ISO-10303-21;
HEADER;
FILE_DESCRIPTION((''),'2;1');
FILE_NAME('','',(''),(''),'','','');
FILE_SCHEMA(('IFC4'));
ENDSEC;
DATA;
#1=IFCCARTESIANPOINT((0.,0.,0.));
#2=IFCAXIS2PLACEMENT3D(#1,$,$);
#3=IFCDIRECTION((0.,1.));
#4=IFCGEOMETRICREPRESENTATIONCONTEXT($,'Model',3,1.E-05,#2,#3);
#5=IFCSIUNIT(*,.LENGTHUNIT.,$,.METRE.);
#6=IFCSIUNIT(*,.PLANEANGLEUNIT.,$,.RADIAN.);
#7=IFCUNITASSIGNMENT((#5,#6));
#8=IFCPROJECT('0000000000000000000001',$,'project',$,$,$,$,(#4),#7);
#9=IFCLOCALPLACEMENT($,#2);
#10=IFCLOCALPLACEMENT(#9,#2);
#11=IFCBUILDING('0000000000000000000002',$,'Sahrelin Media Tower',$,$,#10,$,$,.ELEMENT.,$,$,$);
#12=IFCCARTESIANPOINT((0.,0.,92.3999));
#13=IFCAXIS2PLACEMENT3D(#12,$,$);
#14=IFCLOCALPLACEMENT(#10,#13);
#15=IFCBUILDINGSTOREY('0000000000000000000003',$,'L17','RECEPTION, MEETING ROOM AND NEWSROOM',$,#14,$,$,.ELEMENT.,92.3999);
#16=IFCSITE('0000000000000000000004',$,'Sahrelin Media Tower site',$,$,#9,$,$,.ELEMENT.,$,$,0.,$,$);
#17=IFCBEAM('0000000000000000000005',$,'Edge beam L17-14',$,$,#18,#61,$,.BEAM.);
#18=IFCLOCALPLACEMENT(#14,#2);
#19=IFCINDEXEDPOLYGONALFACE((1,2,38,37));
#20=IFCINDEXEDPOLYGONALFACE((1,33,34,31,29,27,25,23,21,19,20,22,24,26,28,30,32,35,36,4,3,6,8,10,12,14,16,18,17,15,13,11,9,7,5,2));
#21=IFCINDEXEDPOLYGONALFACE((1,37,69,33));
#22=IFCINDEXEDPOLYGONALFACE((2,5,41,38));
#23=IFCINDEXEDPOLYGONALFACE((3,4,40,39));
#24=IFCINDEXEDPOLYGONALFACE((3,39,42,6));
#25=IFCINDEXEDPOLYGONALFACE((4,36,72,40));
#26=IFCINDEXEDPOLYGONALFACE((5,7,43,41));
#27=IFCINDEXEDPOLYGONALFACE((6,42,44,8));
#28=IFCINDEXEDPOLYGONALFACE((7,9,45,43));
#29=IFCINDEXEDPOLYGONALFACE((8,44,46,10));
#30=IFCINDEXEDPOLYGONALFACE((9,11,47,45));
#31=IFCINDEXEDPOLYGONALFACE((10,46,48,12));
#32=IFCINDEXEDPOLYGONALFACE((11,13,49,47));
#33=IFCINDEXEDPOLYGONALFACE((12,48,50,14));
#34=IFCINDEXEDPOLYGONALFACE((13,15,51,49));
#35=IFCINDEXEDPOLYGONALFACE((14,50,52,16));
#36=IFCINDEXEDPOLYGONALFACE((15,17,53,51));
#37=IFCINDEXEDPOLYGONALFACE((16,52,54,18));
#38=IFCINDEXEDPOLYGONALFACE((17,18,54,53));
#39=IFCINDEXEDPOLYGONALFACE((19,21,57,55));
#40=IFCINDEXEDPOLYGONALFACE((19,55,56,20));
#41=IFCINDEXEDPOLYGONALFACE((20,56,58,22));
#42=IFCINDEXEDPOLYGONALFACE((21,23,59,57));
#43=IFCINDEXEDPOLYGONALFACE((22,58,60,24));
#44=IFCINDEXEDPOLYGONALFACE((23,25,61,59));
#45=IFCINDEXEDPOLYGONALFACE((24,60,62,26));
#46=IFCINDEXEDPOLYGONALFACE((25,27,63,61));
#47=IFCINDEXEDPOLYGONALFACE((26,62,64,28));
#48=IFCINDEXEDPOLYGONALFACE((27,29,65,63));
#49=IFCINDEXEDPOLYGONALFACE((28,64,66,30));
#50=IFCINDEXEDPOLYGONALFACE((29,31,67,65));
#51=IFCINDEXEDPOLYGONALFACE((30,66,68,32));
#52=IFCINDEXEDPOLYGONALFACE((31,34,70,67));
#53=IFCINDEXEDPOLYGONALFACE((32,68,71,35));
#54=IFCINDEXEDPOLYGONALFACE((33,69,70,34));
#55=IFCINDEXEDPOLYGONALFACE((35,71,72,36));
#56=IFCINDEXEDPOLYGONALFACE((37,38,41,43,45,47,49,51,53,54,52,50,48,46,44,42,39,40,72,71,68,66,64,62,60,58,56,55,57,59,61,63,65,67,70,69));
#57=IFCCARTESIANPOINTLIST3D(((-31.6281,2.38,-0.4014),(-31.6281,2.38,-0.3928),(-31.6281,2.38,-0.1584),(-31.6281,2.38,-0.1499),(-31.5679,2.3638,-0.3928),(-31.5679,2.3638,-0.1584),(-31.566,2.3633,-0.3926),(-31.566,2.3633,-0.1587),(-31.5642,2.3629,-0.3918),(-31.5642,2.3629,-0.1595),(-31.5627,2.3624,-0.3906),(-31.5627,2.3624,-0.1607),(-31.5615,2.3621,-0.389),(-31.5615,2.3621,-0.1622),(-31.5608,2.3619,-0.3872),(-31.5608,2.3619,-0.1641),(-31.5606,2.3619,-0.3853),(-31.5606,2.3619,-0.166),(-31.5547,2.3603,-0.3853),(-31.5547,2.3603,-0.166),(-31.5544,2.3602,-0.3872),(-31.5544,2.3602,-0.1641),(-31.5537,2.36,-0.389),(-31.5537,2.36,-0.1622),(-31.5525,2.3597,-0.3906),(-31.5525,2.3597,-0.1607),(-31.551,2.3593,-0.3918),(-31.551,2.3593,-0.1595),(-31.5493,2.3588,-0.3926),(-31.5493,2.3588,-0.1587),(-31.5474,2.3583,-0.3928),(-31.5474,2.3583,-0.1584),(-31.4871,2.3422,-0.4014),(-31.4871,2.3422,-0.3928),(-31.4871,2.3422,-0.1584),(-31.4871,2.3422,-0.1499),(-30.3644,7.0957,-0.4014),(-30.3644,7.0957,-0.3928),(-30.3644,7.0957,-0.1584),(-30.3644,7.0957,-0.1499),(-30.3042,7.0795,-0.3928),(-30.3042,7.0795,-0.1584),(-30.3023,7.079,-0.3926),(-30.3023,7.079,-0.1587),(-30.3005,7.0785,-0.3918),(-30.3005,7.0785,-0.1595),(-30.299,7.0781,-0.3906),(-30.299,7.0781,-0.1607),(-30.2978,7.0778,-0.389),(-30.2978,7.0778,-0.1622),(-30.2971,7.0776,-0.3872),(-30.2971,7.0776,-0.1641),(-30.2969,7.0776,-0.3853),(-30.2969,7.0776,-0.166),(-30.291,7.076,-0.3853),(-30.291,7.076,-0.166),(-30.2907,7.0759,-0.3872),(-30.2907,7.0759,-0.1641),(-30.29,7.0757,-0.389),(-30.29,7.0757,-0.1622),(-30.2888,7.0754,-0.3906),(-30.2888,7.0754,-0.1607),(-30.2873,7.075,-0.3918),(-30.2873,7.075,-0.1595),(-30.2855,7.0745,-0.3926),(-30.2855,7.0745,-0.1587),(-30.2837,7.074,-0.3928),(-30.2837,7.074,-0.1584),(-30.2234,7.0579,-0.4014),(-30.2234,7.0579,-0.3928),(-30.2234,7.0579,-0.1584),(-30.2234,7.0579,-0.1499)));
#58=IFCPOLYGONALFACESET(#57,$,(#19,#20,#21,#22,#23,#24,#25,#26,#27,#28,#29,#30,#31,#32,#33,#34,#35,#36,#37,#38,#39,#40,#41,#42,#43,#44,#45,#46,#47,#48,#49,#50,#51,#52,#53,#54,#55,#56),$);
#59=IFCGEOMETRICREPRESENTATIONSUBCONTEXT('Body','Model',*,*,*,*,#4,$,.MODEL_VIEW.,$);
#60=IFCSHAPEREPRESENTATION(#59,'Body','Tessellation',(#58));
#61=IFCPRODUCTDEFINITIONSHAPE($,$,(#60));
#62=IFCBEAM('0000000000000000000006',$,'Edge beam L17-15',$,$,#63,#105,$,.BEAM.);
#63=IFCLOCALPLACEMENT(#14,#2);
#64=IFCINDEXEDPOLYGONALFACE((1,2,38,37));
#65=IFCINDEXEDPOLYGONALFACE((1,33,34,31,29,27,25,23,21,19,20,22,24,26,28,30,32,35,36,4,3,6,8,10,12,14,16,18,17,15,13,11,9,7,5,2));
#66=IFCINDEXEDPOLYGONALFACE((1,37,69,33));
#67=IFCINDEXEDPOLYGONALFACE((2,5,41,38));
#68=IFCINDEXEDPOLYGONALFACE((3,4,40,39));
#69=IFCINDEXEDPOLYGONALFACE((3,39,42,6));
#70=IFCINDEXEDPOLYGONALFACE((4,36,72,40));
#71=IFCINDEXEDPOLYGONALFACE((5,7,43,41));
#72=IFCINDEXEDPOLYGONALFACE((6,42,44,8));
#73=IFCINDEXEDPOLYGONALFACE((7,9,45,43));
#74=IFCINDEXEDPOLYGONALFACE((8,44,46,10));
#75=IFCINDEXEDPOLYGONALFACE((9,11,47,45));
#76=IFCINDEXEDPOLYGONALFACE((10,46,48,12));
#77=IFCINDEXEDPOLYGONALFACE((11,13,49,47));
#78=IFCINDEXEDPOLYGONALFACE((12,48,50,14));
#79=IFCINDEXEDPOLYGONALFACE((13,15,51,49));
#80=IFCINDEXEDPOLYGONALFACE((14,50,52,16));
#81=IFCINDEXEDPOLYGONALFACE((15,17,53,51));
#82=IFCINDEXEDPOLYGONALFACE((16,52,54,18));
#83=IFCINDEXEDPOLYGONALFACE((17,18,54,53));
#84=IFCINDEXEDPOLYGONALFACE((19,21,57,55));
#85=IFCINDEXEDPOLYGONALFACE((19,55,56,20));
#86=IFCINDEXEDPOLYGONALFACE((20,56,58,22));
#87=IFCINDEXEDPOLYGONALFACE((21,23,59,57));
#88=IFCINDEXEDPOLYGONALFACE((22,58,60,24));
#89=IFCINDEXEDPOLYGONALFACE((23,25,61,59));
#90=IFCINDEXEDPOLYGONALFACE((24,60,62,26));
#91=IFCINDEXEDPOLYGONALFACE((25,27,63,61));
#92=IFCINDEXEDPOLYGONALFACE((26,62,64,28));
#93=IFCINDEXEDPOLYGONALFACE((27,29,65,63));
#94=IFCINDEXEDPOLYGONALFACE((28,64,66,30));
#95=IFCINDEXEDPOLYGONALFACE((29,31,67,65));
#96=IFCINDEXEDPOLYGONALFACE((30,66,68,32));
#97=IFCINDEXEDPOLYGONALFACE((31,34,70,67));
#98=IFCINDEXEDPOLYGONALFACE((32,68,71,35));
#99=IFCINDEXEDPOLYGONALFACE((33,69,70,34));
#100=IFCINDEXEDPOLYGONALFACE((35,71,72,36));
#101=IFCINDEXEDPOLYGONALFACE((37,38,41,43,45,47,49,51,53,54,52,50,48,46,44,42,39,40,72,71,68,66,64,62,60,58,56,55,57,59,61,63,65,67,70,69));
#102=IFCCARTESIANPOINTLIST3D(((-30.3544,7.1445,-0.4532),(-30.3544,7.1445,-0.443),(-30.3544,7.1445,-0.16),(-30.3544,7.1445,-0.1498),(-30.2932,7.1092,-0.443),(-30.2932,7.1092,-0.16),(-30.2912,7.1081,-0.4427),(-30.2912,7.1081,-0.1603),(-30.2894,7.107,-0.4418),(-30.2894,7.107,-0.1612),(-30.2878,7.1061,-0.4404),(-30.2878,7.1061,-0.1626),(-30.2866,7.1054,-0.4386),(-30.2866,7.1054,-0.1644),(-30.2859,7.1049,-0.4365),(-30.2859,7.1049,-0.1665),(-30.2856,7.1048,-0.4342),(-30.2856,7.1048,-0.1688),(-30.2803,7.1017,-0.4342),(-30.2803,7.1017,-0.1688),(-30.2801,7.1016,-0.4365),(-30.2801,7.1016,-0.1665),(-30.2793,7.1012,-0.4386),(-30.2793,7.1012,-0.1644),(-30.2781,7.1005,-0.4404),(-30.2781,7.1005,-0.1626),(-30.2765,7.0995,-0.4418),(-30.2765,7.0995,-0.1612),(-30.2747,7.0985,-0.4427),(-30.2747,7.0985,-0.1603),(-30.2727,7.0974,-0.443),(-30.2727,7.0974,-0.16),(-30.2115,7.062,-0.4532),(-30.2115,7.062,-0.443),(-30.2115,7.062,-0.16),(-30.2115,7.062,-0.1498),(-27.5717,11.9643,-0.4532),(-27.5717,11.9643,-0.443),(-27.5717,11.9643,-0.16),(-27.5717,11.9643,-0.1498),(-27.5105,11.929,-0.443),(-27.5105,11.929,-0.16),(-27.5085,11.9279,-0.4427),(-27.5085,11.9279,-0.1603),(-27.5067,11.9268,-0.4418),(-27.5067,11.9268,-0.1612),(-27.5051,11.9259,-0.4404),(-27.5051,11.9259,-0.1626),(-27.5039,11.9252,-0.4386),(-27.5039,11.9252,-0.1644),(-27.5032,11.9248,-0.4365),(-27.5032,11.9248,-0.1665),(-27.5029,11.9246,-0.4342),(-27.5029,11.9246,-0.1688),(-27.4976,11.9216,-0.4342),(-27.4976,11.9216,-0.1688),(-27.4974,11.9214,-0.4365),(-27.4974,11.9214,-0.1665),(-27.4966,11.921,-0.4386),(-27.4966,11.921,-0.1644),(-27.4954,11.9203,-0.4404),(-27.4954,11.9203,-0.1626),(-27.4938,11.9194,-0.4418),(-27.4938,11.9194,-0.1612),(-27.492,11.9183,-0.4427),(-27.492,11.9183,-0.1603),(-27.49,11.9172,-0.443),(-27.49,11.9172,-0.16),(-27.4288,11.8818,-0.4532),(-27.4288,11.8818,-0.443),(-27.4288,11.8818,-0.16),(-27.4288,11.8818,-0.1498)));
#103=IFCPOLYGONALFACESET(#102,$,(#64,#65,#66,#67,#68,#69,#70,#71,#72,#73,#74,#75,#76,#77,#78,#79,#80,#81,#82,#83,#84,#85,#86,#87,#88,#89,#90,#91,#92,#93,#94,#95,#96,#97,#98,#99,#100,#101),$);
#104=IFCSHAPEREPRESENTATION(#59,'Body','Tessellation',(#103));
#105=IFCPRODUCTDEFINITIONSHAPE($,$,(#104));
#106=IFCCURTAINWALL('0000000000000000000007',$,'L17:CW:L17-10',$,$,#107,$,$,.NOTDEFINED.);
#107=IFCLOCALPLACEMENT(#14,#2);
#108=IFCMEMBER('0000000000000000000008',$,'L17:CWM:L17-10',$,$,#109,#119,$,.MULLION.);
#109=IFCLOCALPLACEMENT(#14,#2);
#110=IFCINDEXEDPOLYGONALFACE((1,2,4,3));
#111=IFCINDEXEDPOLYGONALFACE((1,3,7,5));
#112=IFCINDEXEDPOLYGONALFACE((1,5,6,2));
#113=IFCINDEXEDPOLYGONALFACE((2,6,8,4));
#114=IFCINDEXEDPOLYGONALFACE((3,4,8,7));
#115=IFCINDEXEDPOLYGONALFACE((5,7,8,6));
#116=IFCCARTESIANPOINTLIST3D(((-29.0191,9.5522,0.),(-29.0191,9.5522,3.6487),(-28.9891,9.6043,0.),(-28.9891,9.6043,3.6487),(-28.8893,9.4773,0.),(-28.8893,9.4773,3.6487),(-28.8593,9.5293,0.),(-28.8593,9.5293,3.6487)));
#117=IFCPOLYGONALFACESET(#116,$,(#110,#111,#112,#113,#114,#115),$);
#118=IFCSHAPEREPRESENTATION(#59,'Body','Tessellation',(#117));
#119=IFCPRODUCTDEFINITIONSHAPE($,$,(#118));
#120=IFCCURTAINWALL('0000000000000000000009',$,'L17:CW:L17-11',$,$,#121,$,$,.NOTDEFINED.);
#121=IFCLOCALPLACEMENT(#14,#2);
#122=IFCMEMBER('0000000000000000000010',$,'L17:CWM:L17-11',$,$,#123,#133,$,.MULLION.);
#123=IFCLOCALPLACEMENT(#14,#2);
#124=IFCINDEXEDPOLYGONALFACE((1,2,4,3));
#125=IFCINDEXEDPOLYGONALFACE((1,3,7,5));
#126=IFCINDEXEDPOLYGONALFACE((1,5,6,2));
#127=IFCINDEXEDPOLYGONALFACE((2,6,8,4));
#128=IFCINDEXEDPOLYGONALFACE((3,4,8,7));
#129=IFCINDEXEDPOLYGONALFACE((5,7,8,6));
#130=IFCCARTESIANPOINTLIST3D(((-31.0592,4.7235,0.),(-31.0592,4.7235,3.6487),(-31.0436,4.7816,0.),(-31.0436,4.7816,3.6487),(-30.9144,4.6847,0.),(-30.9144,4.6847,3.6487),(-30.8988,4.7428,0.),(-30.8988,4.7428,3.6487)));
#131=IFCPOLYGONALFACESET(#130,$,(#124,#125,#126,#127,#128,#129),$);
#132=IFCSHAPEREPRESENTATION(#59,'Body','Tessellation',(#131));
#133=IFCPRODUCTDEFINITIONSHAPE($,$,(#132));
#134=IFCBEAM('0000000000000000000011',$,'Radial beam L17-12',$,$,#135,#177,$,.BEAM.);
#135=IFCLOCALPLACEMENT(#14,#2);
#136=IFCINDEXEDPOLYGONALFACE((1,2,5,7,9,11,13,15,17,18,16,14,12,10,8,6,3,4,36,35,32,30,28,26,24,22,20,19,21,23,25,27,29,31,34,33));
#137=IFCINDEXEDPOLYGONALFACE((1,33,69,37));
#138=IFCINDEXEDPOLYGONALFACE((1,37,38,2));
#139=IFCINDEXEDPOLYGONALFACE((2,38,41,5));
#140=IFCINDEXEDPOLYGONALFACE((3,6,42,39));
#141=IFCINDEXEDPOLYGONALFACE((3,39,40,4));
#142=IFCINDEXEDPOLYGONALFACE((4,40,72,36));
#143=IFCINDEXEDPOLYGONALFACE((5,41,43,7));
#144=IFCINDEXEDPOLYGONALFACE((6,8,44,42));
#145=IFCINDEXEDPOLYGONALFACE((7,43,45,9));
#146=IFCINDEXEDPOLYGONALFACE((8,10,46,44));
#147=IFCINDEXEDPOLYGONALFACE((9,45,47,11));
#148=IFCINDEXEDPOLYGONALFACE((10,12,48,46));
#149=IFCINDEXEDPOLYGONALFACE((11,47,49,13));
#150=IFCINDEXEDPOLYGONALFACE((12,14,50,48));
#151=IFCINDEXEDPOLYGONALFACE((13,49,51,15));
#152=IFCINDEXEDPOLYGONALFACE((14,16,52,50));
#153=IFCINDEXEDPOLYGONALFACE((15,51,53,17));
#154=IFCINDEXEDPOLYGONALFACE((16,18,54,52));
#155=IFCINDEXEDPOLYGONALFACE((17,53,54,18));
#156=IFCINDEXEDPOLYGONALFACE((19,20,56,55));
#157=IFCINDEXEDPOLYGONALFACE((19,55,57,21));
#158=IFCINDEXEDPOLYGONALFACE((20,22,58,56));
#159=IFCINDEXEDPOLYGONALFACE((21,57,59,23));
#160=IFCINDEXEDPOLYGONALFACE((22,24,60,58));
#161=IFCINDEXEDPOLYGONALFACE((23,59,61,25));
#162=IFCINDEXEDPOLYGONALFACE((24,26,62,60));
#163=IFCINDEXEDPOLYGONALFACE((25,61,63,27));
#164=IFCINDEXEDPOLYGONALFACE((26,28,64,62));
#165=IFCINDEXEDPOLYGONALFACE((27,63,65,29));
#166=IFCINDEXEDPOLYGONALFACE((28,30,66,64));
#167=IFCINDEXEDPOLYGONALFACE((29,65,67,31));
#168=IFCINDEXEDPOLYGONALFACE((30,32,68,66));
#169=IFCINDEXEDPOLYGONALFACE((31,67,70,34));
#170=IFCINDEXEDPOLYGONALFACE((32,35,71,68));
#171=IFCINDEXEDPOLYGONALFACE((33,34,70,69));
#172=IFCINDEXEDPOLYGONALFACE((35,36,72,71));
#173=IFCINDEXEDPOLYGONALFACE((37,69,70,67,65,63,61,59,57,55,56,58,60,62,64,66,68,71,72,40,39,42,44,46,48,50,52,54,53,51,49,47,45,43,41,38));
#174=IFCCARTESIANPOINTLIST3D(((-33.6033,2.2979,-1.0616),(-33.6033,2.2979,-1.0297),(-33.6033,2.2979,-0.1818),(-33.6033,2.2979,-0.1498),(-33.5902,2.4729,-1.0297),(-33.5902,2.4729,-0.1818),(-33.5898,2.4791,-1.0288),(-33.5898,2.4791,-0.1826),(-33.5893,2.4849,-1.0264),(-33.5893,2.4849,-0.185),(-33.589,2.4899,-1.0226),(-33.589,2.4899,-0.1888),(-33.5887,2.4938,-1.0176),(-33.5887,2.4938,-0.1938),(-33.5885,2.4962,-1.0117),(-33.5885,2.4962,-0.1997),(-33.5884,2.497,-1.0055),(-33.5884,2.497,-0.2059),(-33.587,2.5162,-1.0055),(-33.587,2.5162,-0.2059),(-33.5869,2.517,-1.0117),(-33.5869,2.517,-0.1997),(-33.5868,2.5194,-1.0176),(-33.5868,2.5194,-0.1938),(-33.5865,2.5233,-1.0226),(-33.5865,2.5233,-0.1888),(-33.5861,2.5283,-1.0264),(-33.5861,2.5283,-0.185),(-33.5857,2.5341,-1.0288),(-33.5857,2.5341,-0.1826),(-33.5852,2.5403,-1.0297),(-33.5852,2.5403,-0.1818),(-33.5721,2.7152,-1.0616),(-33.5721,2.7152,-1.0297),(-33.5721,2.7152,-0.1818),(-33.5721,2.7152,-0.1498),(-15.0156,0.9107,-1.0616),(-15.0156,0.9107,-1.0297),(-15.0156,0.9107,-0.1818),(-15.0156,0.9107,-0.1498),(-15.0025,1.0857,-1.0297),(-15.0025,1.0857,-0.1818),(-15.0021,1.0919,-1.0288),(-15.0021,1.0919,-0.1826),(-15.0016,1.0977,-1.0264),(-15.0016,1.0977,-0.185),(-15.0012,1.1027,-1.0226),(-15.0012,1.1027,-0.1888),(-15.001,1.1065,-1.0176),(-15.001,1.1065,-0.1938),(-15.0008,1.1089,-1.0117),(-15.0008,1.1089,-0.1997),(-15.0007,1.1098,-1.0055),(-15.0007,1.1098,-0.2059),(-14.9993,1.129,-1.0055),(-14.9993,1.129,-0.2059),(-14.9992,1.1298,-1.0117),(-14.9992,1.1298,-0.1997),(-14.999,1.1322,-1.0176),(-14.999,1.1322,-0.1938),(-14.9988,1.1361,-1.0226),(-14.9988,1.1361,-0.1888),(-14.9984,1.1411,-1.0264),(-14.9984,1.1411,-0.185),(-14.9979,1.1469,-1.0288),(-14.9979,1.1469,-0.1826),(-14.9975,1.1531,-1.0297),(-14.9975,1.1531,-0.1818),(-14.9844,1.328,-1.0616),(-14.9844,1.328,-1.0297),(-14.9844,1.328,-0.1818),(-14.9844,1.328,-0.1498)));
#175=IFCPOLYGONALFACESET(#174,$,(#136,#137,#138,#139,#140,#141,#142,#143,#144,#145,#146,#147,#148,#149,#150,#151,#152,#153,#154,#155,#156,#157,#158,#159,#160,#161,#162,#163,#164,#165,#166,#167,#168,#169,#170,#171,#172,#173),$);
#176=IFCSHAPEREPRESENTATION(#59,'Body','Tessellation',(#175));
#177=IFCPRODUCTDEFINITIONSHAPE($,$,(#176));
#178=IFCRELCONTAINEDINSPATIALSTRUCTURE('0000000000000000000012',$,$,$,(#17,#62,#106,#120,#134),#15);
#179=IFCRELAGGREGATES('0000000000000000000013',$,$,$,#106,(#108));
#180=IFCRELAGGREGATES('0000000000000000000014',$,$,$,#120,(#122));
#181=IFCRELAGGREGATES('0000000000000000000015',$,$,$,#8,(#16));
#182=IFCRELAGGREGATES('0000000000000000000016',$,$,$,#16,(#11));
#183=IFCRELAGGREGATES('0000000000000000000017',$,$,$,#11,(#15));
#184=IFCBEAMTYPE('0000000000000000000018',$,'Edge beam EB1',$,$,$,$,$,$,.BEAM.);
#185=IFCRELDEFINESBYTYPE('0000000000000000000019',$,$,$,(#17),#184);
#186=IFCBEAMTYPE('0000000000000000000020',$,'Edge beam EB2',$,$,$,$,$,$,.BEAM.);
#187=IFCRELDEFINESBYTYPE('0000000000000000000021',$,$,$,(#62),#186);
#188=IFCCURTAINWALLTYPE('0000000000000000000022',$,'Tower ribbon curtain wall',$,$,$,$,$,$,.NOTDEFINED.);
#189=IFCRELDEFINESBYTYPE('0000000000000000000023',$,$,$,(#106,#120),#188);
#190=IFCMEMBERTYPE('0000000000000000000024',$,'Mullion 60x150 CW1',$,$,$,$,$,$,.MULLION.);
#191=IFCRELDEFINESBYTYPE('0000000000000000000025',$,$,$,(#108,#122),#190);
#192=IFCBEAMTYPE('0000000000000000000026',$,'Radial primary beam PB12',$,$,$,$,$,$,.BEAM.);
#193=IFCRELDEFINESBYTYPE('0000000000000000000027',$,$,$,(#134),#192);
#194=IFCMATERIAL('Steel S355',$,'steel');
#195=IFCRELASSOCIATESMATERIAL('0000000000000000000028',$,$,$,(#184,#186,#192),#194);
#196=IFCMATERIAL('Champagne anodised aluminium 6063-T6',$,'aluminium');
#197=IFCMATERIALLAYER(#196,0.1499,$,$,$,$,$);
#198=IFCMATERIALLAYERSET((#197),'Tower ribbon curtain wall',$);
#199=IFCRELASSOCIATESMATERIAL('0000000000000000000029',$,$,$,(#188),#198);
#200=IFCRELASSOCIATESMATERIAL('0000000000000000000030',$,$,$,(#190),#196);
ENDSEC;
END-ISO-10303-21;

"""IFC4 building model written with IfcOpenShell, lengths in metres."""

from ifc_helpers import new_model, si_unit, direction, frame, origin, origin_2d, place, context, subcontext, project, spatial, rectangle, i_section, extrude, material, layer, layer_set, material_profile, profile_set, type_object, element, aggregate, save


model = new_model("IFC4")

# Units and contexts
model_context = context("Model", 3, precision=1e-05, world=origin(), true_north=direction((0.0, 1.0)))
body_context = subcontext(model_context, "Body", "Model", "MODEL_VIEW")
ifc_project = project(units=[si_unit("LENGTHUNIT", "METRE"), si_unit("PLANEANGLEUNIT", "RADIAN")], contexts=[model_context])

# Site, building, storey
site_placement = place(None, origin())
site = spatial("IfcSite", under=ifc_project, at=site_placement, Name="Sahrelin Media Tower site", CompositionType="ELEMENT", RefElevation=0.0)
building_placement = place(site_placement, origin())
building = spatial("IfcBuilding", under=site, at=building_placement, Name="Sahrelin Media Tower", CompositionType="ELEMENT")
storey_placement = place(building_placement, frame((0.0, 0.0, 92.3999)))
storey = spatial("IfcBuildingStorey", under=building, at=storey_placement, Name="L17", Description="RECEPTION, MEETING ROOM AND NEWSROOM", CompositionType="ELEMENT", Elevation=92.3999)

# Beams
ifc_material_1 = material(Name="Steel S355", Category="steel")
ifc_material_profile_1 = material_profile(ifc_material_1, i_section(OverallWidth=0.146, OverallDepth=0.2515, WebThickness=0.0061, FlangeThickness=0.0085, FilletRadius=0.0076, at=origin_2d()), Name="UB 254x146x31")
ifc_profile_set_1 = profile_set([ifc_material_profile_1], Name="Steel S355")
beam_type_1 = type_object("IfcBeamType", Name="Edge beam EB1", PredefinedType="BEAM", material=ifc_profile_set_1)
beam_1_placement = place(storey_placement, frame((-31.5576, 2.3611, -0.2756), z_axis=(0.258845, 0.965919, 0.0), x_axis=(-0.965919, 0.258845, 0.0)))
element("IfcBeam", 1, at=beam_1_placement, inside=storey, type_object=beam_type_1, Name="Edge beam L17-14", PredefinedType="BEAM", context=body_context, shape_type="SweptSolid", body=[
    extrude(i_section(OverallWidth=0.146, OverallDepth=0.2515, WebThickness=0.0061, FlangeThickness=0.0085, FilletRadius=0.0076, at=origin_2d()), origin(), (0.0, 0.0, 1.0), 4.8821),
])
ifc_material_profile_2 = material_profile(ifc_material_1, i_section(OverallWidth=0.165, OverallDepth=0.3035, WebThickness=0.0061, FlangeThickness=0.0103, FilletRadius=0.0088, at=origin_2d()), Name="UB 305x165x40")
ifc_profile_set_2 = profile_set([ifc_material_profile_2], Name="Steel S355")
beam_type_2 = type_object("IfcBeamType", Name="Edge beam EB2", PredefinedType="BEAM", material=ifc_profile_set_2)
beam_2_placement = place(storey_placement, frame((-30.283, 7.1033, -0.3015), z_axis=(0.499998, 0.866026, 0.0), x_axis=(-0.866026, 0.499998, 0.0)))
element("IfcBeam", 2, at=beam_2_placement, inside=storey, type_object=beam_type_2, Name="Edge beam L17-15", PredefinedType="BEAM", context=body_context, shape_type="SweptSolid", body=[
    extrude(i_section(OverallWidth=0.165, OverallDepth=0.3035, WebThickness=0.0061, FlangeThickness=0.0103, FilletRadius=0.0088, at=origin_2d()), origin(), (0.0, 0.0, 1.0), 5.5654),
])

# Curtain walls, members
ifc_material_2 = material(Name="Champagne anodised aluminium 6063-T6", Category="aluminium")
ifc_layer_1 = layer(ifc_material_2, 0.1499)
ifc_layer_set_1 = layer_set([ifc_layer_1], Name="Tower ribbon curtain wall")
curtain_wall_type = type_object("IfcCurtainWallType", Name="Tower ribbon curtain wall", PredefinedType="NOTDEFINED", material=ifc_layer_set_1)
curtain_wall_1_placement = place(storey_placement, frame((-29.0215, 9.5884, 0.0), z_axis=(0.0, 0.0, 1.0), x_axis=(1.0, 0.0, 0.0)))
curtain_wall_1 = element("IfcCurtainWall", 3, at=curtain_wall_1_placement, inside=storey, type_object=curtain_wall_type, Name="L17:CW:L17-10", PredefinedType="NOTDEFINED")
ifc_material_profile_3 = material_profile(ifc_material_2, rectangle(XDim=0.0601, YDim=0.1499, at=origin_2d()), Name="Mullion 60x150")
ifc_profile_set_3 = profile_set([ifc_material_profile_3], Name="Champagne anodised aluminium 6063-T6")
member_type_1 = type_object("IfcMemberType", Name="Mullion 60x150 CW1", PredefinedType="MULLION", material=ifc_profile_set_3)
member_1_placement = place(storey_placement, frame((-28.9392, 9.5408, 0.0), z_axis=(0.0, 0.0, 1.0), x_axis=(-0.499991, -0.866031, 0.0)))
member_1 = element("IfcMember", 4, at=member_1_placement, type_object=member_type_1, Name="L17:CWM:L17-10", PredefinedType="MULLION", context=body_context, shape_type="SweptSolid", body=[
    extrude(rectangle(XDim=0.0601, YDim=0.1499, at=origin_2d()), origin(), (0.0, 0.0, 1.0), 3.6487),
])
aggregate(curtain_wall_1, [member_1])
curtain_wall_2_placement = place(storey_placement, frame((-31.0708, 4.7576, 0.0), z_axis=(0.0, 0.0, 1.0), x_axis=(1.0, 0.0, 0.0)))
curtain_wall_2 = element("IfcCurtainWall", 5, at=curtain_wall_2_placement, inside=storey, type_object=curtain_wall_type, Name="L17:CW:L17-11", PredefinedType="NOTDEFINED")
member_2_placement = place(storey_placement, frame((-30.979, 4.7332, 0.0), z_axis=(0.0, 0.0, 1.0), x_axis=(-0.258817, -0.965926, 0.0)))
member_2 = element("IfcMember", 6, at=member_2_placement, type_object=member_type_1, Name="L17:CWM:L17-11", PredefinedType="MULLION", context=body_context, shape_type="SweptSolid", body=[
    extrude(rectangle(XDim=0.0601, YDim=0.1499, at=origin_2d()), origin(), (0.0, 0.0, 1.0), 3.6487),
])

# Beam
ifc_material_profile_4 = material_profile(ifc_material_1, i_section(OverallWidth=0.4185, OverallDepth=0.9119, WebThickness=0.0193, FlangeThickness=0.032, FilletRadius=0.0242, at=origin_2d()), Name="UB 914x419x343")
ifc_profile_set_4 = profile_set([ifc_material_profile_4], Name="Steel S355")
beam_type_3 = type_object("IfcBeamType", Name="Radial primary beam PB12", PredefinedType="BEAM", material=ifc_profile_set_4)
beam_3_placement = place(storey_placement, frame((-15.0, 1.1194, -0.6057), z_axis=(-0.997227, 0.074424, 0.0), x_axis=(-0.074424, -0.997227, 0.0)))
element("IfcBeam", 7, at=beam_3_placement, inside=storey, type_object=beam_type_3, Name="Radial beam L17-12", PredefinedType="BEAM", context=body_context, shape_type="SweptSolid", body=[
    extrude(i_section(OverallWidth=0.4185, OverallDepth=0.9119, WebThickness=0.0193, FlangeThickness=0.032, FilletRadius=0.0242, at=origin_2d()), origin(), (0.0, 0.0, 1.0), 18.6394),
])

aggregate(curtain_wall_2, [member_2])

save(model, "model.ifc")
